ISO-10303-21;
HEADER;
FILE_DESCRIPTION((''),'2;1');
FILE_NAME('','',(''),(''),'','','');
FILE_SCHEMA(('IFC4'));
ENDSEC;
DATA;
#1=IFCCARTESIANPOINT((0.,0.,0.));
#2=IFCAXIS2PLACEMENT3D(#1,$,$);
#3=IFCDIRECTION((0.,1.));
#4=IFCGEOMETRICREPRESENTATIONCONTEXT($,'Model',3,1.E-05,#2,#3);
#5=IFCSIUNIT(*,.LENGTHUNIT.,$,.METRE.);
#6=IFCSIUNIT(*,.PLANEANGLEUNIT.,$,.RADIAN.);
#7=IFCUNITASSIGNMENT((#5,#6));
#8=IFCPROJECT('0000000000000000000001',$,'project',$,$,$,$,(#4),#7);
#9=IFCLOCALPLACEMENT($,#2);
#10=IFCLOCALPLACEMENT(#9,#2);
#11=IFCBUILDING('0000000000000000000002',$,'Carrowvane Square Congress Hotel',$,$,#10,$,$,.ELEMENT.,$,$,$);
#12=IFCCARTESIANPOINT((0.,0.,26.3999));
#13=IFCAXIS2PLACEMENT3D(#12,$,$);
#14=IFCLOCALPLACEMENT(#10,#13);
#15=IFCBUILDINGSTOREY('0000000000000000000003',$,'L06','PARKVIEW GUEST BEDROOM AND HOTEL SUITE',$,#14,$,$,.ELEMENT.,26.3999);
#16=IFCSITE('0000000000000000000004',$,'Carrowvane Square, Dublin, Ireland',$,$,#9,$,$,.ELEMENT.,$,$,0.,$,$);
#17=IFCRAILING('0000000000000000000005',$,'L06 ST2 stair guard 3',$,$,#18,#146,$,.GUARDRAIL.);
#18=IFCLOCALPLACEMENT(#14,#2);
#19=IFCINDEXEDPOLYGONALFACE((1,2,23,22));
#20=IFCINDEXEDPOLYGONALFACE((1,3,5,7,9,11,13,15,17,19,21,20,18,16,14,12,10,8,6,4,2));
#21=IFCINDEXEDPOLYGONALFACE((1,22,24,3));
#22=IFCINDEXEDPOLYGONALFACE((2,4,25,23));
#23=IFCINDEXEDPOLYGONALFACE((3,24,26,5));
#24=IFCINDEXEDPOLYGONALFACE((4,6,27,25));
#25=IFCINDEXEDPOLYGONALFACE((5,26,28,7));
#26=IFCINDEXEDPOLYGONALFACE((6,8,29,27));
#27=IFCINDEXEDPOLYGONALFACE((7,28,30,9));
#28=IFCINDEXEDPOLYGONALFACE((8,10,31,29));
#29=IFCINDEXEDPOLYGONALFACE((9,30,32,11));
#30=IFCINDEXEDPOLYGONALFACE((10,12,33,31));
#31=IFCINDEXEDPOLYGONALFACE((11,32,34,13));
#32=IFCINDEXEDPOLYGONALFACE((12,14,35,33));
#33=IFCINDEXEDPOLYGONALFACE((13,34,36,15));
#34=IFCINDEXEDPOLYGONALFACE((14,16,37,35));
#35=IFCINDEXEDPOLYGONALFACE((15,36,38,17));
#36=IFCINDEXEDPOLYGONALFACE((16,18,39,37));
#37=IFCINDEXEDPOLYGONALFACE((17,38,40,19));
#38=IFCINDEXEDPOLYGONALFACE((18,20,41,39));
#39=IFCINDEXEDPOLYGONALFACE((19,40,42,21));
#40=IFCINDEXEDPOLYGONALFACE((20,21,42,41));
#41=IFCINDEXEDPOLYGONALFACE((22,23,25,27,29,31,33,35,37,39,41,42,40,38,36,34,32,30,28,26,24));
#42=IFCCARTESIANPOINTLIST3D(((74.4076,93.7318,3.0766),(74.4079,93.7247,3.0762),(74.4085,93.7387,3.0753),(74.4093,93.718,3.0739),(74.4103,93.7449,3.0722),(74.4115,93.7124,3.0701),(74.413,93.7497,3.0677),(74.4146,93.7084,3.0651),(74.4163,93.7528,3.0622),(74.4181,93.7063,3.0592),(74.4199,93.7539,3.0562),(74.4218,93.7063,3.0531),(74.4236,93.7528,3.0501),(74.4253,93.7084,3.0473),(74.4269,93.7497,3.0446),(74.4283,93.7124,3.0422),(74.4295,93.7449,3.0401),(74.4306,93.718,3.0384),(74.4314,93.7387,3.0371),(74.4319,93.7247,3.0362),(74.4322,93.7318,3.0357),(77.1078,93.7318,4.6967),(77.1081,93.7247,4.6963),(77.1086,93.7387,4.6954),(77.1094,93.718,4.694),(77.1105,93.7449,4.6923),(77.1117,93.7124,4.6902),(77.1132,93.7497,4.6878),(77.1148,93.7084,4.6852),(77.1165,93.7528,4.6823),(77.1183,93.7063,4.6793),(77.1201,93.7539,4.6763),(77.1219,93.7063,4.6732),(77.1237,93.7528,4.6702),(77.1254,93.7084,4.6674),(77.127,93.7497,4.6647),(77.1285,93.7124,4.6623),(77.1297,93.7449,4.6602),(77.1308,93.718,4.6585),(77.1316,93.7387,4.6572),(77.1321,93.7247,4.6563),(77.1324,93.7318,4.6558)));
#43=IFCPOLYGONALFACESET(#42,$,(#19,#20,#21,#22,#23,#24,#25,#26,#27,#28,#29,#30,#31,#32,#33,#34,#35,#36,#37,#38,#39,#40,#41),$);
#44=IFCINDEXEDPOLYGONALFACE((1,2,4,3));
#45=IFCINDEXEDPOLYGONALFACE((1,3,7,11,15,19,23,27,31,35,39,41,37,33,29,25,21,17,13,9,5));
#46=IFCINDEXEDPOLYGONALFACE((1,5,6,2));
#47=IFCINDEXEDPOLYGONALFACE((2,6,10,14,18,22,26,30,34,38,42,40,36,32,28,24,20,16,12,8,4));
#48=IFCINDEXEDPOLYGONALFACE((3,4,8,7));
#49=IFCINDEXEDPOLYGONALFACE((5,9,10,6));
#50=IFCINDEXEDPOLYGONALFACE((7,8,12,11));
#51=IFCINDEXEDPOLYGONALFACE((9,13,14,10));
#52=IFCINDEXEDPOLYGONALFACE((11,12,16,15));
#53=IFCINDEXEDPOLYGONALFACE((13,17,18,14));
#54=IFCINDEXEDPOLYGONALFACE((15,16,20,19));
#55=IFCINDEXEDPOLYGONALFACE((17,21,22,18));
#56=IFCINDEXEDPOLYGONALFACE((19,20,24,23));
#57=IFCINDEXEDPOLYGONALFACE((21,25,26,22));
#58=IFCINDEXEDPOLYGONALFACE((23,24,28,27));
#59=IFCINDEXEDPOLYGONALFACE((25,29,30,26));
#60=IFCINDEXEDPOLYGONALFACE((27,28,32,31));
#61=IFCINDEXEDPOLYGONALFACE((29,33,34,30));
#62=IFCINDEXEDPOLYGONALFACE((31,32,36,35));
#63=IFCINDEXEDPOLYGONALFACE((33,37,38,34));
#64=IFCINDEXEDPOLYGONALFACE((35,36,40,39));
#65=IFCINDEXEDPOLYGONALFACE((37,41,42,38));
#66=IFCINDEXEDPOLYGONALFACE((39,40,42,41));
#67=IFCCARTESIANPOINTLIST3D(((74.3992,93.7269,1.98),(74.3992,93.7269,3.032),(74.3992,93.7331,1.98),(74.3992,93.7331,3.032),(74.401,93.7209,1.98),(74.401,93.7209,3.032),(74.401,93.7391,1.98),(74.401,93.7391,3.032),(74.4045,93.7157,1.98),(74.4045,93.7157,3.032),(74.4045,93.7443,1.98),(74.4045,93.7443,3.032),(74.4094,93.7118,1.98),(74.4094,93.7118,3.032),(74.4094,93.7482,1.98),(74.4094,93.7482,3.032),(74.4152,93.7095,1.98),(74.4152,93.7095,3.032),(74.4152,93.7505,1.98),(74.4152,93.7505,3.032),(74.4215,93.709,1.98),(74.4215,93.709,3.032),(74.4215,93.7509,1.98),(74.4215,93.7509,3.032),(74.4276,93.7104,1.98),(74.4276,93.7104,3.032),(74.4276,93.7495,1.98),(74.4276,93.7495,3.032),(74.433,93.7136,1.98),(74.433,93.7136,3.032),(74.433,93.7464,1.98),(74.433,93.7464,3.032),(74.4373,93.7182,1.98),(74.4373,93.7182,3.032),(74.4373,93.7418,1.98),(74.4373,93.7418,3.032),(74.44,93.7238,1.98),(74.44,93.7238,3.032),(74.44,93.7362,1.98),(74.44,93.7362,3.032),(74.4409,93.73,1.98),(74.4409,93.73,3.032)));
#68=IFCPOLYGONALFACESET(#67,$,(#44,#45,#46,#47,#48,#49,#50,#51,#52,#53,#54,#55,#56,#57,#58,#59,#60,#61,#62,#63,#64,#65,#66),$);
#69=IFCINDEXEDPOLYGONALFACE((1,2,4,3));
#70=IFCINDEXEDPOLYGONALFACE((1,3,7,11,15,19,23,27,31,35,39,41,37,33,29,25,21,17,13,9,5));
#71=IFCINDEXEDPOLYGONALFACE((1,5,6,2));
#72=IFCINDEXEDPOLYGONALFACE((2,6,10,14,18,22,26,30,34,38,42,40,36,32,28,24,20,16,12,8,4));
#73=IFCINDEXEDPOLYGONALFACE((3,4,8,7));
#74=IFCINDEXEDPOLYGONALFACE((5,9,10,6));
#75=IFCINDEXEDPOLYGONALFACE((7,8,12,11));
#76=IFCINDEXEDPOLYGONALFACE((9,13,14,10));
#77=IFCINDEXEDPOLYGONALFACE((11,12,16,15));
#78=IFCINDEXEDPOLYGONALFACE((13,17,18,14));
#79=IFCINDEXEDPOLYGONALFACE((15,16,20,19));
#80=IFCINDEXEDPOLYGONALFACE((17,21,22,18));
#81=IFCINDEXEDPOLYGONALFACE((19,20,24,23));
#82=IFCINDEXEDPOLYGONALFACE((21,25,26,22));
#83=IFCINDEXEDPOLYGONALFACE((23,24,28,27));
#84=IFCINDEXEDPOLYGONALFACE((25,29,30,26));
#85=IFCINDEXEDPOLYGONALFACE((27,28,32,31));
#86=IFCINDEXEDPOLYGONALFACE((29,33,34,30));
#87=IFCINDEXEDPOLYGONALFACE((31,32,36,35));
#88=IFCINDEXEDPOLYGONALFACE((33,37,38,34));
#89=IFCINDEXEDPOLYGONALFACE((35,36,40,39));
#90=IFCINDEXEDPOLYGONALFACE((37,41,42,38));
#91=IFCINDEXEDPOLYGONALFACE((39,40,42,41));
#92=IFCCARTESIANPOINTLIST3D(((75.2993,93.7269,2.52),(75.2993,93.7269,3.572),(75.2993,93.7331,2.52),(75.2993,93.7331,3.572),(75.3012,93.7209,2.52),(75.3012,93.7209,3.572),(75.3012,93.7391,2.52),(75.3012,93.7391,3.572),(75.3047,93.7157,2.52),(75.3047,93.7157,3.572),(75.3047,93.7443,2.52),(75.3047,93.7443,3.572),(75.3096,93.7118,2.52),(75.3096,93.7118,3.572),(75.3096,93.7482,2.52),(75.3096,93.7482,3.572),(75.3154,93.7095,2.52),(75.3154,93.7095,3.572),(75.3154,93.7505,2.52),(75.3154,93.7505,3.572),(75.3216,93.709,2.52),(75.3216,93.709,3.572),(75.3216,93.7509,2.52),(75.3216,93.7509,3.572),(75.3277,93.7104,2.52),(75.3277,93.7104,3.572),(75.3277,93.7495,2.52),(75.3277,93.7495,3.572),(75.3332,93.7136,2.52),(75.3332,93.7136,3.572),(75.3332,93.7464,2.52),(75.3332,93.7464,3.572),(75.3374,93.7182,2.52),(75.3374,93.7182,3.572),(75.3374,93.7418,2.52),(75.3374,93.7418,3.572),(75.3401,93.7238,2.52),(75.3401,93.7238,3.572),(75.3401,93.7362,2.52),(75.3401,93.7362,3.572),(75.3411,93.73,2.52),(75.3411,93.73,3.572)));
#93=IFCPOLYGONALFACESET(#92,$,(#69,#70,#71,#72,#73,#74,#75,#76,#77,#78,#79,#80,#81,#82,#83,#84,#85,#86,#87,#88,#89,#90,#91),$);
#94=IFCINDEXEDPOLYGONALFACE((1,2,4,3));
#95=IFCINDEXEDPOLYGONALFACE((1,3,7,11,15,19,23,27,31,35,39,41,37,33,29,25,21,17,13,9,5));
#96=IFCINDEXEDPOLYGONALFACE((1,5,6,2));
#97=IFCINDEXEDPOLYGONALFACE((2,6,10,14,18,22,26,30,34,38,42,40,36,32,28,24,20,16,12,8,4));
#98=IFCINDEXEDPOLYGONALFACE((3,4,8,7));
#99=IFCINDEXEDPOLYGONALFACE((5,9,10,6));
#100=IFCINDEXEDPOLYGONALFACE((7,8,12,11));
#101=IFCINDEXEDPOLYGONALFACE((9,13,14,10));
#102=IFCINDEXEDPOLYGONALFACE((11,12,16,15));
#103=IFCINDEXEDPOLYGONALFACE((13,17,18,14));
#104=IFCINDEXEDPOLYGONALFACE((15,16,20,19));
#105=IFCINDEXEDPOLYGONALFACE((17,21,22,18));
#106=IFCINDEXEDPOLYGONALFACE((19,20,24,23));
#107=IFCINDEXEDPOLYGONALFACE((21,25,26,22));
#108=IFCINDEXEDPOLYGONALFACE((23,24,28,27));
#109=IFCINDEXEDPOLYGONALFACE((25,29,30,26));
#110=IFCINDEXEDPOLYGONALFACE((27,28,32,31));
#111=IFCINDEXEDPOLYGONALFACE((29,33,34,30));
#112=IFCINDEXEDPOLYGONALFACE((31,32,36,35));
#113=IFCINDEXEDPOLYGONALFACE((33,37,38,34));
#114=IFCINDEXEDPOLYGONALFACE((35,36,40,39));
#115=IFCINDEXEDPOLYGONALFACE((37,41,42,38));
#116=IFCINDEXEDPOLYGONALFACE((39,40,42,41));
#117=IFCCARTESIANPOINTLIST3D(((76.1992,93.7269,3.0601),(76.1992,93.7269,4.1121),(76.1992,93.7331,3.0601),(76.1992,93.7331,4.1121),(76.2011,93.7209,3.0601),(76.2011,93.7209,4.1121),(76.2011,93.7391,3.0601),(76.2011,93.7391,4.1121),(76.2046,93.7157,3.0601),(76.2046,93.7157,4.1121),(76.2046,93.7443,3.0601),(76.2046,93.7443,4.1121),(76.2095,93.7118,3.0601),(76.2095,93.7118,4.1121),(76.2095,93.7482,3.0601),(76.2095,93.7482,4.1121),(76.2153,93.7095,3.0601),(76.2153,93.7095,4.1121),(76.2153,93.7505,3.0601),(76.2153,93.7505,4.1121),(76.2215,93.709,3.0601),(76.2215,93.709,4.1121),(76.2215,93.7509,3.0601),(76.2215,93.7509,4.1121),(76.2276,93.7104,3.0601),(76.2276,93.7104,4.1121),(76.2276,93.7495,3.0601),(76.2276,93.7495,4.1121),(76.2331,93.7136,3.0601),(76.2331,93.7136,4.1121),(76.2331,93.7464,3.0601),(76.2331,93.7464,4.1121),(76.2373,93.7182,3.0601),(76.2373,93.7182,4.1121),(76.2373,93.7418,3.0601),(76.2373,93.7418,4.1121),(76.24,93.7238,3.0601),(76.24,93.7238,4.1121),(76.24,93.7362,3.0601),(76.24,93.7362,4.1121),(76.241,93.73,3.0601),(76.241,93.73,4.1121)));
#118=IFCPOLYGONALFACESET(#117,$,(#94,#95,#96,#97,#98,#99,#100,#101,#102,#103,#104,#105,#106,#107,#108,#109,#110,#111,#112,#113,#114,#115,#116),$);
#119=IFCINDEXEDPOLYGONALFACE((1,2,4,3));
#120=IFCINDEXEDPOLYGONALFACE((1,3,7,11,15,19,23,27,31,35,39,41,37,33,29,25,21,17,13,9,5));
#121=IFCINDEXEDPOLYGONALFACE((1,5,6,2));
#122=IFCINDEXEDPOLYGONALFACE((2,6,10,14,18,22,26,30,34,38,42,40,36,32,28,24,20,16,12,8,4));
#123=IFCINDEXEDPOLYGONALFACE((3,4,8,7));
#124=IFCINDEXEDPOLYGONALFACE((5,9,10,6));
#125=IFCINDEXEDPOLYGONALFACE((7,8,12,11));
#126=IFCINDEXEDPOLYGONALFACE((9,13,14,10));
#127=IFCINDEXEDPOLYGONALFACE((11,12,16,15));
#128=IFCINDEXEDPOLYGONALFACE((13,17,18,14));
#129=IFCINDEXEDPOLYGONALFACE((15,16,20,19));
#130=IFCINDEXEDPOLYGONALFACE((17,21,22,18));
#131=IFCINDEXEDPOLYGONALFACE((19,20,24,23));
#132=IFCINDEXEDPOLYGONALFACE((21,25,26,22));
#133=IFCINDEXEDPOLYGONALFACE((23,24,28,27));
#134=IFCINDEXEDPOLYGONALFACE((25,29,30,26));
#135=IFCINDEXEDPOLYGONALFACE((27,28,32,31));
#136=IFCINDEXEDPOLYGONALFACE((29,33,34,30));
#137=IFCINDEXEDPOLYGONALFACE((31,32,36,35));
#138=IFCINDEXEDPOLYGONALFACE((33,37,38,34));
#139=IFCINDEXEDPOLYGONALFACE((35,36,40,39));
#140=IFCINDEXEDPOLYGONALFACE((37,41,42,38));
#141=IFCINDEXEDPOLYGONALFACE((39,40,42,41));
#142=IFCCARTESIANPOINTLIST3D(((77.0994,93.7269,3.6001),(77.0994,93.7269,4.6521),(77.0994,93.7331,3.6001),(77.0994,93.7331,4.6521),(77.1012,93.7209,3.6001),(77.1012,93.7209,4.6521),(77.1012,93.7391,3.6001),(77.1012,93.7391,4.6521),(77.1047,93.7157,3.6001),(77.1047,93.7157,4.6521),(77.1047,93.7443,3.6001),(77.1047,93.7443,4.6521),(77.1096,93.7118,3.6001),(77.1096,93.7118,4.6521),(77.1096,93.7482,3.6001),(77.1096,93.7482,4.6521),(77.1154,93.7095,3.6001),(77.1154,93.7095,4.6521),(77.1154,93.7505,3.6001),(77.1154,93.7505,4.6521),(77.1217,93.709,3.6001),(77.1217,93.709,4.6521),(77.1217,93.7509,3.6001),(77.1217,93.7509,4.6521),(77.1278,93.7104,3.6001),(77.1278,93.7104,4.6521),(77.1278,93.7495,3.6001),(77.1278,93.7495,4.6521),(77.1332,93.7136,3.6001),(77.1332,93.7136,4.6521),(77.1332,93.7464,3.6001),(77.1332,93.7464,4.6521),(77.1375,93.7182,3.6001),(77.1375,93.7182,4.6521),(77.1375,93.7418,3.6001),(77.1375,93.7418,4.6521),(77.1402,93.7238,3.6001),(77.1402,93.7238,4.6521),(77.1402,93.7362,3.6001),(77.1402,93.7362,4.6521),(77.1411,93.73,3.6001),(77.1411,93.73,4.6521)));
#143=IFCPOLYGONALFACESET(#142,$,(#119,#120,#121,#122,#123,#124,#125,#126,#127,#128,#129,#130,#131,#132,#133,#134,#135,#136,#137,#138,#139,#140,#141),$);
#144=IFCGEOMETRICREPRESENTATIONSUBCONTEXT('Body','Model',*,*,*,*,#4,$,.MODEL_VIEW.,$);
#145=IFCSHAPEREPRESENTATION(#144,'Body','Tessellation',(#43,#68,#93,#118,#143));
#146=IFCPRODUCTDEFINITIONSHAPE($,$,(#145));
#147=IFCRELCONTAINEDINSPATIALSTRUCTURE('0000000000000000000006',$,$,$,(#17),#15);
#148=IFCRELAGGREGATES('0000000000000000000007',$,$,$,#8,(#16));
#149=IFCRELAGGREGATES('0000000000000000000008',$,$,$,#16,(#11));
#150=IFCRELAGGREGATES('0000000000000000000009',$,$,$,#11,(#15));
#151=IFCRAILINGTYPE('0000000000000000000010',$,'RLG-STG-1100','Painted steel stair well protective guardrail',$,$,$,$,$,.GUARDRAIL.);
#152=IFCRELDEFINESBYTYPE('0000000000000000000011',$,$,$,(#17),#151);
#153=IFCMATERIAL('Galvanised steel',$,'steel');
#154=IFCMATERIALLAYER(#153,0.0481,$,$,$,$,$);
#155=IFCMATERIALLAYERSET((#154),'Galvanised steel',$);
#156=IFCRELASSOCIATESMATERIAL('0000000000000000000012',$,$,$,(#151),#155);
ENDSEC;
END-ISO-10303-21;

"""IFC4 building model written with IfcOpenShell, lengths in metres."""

from ifc_helpers import new_model, si_unit, direction, frame, origin, origin_2d, place, context, subcontext, project, spatial, circle, extrude, material, layer, layer_set, type_object, element, save


model = new_model("IFC4")

# Units and contexts
model_context = context("Model", 3, precision=1e-05, world=origin(), true_north=direction((0.0, 1.0)))
body_context = subcontext(model_context, "Body", "Model", "MODEL_VIEW")
ifc_project = project(units=[si_unit("LENGTHUNIT", "METRE"), si_unit("PLANEANGLEUNIT", "RADIAN")], contexts=[model_context])

# Site, building, storey
site_placement = place(None, origin())
site = spatial("IfcSite", under=ifc_project, at=site_placement, Name="Carrowvane Square, Dublin, Ireland", CompositionType="ELEMENT", RefElevation=0.0)
building_placement = place(site_placement, origin())
building = spatial("IfcBuilding", under=site, at=building_placement, Name="Carrowvane Square Congress Hotel", CompositionType="ELEMENT")
storey_placement = place(building_placement, frame((0.0, 0.0, 26.3999)))
storey = spatial("IfcBuildingStorey", under=building, at=storey_placement, Name="L06", Description="PARKVIEW GUEST BEDROOM AND HOTEL SUITE", CompositionType="ELEMENT", Elevation=26.3999)

# Railing
ifc_material_1 = material(Name="Galvanised steel", Category="steel")
ifc_layer_1 = layer(ifc_material_1, 0.0481)
ifc_layer_set_1 = layer_set([ifc_layer_1], Name="Galvanised steel")
railing_type_1 = type_object("IfcRailingType", Name="RLG-STG-1100", Description="Painted steel stair well protective guardrail", PredefinedType="GUARDRAIL", material=ifc_layer_set_1)
railing_1_placement = place(storey_placement, frame((74.4199, 93.73, 1.98)))
element("IfcRailing", 1, at=railing_1_placement, inside=storey, type_object=railing_type_1, Name="L06 ST2 stair guard 3", PredefinedType="GUARDRAIL", context=body_context, shape_type="SweptSolid", body=[
    extrude(circle(Radius=0.0239, at=origin_2d()), frame((0.0, 0.0, 1.0762), z_axis=(0.857493, 0.0, 0.514496), x_axis=(0.0, 1.0, 0.0)), (0.0, 0.0, 1.0), 3.1489),
    extrude(circle(Radius=0.021, at=origin_2d()), origin(), (0.0, 0.0, 1.0), 1.052),
    extrude(circle(Radius=0.021, at=origin_2d()), frame((0.9001, 0.0, 0.54)), (0.0, 0.0, 1.0), 1.052),
    extrude(circle(Radius=0.021, at=origin_2d()), frame((1.8, 0.0, 1.0801)), (0.0, 0.0, 1.0), 1.052),
    extrude(circle(Radius=0.021, at=origin_2d()), frame((2.7002, 0.0, 1.6201)), (0.0, 0.0, 1.0), 1.052),
])

save(model, "model.ifc")
